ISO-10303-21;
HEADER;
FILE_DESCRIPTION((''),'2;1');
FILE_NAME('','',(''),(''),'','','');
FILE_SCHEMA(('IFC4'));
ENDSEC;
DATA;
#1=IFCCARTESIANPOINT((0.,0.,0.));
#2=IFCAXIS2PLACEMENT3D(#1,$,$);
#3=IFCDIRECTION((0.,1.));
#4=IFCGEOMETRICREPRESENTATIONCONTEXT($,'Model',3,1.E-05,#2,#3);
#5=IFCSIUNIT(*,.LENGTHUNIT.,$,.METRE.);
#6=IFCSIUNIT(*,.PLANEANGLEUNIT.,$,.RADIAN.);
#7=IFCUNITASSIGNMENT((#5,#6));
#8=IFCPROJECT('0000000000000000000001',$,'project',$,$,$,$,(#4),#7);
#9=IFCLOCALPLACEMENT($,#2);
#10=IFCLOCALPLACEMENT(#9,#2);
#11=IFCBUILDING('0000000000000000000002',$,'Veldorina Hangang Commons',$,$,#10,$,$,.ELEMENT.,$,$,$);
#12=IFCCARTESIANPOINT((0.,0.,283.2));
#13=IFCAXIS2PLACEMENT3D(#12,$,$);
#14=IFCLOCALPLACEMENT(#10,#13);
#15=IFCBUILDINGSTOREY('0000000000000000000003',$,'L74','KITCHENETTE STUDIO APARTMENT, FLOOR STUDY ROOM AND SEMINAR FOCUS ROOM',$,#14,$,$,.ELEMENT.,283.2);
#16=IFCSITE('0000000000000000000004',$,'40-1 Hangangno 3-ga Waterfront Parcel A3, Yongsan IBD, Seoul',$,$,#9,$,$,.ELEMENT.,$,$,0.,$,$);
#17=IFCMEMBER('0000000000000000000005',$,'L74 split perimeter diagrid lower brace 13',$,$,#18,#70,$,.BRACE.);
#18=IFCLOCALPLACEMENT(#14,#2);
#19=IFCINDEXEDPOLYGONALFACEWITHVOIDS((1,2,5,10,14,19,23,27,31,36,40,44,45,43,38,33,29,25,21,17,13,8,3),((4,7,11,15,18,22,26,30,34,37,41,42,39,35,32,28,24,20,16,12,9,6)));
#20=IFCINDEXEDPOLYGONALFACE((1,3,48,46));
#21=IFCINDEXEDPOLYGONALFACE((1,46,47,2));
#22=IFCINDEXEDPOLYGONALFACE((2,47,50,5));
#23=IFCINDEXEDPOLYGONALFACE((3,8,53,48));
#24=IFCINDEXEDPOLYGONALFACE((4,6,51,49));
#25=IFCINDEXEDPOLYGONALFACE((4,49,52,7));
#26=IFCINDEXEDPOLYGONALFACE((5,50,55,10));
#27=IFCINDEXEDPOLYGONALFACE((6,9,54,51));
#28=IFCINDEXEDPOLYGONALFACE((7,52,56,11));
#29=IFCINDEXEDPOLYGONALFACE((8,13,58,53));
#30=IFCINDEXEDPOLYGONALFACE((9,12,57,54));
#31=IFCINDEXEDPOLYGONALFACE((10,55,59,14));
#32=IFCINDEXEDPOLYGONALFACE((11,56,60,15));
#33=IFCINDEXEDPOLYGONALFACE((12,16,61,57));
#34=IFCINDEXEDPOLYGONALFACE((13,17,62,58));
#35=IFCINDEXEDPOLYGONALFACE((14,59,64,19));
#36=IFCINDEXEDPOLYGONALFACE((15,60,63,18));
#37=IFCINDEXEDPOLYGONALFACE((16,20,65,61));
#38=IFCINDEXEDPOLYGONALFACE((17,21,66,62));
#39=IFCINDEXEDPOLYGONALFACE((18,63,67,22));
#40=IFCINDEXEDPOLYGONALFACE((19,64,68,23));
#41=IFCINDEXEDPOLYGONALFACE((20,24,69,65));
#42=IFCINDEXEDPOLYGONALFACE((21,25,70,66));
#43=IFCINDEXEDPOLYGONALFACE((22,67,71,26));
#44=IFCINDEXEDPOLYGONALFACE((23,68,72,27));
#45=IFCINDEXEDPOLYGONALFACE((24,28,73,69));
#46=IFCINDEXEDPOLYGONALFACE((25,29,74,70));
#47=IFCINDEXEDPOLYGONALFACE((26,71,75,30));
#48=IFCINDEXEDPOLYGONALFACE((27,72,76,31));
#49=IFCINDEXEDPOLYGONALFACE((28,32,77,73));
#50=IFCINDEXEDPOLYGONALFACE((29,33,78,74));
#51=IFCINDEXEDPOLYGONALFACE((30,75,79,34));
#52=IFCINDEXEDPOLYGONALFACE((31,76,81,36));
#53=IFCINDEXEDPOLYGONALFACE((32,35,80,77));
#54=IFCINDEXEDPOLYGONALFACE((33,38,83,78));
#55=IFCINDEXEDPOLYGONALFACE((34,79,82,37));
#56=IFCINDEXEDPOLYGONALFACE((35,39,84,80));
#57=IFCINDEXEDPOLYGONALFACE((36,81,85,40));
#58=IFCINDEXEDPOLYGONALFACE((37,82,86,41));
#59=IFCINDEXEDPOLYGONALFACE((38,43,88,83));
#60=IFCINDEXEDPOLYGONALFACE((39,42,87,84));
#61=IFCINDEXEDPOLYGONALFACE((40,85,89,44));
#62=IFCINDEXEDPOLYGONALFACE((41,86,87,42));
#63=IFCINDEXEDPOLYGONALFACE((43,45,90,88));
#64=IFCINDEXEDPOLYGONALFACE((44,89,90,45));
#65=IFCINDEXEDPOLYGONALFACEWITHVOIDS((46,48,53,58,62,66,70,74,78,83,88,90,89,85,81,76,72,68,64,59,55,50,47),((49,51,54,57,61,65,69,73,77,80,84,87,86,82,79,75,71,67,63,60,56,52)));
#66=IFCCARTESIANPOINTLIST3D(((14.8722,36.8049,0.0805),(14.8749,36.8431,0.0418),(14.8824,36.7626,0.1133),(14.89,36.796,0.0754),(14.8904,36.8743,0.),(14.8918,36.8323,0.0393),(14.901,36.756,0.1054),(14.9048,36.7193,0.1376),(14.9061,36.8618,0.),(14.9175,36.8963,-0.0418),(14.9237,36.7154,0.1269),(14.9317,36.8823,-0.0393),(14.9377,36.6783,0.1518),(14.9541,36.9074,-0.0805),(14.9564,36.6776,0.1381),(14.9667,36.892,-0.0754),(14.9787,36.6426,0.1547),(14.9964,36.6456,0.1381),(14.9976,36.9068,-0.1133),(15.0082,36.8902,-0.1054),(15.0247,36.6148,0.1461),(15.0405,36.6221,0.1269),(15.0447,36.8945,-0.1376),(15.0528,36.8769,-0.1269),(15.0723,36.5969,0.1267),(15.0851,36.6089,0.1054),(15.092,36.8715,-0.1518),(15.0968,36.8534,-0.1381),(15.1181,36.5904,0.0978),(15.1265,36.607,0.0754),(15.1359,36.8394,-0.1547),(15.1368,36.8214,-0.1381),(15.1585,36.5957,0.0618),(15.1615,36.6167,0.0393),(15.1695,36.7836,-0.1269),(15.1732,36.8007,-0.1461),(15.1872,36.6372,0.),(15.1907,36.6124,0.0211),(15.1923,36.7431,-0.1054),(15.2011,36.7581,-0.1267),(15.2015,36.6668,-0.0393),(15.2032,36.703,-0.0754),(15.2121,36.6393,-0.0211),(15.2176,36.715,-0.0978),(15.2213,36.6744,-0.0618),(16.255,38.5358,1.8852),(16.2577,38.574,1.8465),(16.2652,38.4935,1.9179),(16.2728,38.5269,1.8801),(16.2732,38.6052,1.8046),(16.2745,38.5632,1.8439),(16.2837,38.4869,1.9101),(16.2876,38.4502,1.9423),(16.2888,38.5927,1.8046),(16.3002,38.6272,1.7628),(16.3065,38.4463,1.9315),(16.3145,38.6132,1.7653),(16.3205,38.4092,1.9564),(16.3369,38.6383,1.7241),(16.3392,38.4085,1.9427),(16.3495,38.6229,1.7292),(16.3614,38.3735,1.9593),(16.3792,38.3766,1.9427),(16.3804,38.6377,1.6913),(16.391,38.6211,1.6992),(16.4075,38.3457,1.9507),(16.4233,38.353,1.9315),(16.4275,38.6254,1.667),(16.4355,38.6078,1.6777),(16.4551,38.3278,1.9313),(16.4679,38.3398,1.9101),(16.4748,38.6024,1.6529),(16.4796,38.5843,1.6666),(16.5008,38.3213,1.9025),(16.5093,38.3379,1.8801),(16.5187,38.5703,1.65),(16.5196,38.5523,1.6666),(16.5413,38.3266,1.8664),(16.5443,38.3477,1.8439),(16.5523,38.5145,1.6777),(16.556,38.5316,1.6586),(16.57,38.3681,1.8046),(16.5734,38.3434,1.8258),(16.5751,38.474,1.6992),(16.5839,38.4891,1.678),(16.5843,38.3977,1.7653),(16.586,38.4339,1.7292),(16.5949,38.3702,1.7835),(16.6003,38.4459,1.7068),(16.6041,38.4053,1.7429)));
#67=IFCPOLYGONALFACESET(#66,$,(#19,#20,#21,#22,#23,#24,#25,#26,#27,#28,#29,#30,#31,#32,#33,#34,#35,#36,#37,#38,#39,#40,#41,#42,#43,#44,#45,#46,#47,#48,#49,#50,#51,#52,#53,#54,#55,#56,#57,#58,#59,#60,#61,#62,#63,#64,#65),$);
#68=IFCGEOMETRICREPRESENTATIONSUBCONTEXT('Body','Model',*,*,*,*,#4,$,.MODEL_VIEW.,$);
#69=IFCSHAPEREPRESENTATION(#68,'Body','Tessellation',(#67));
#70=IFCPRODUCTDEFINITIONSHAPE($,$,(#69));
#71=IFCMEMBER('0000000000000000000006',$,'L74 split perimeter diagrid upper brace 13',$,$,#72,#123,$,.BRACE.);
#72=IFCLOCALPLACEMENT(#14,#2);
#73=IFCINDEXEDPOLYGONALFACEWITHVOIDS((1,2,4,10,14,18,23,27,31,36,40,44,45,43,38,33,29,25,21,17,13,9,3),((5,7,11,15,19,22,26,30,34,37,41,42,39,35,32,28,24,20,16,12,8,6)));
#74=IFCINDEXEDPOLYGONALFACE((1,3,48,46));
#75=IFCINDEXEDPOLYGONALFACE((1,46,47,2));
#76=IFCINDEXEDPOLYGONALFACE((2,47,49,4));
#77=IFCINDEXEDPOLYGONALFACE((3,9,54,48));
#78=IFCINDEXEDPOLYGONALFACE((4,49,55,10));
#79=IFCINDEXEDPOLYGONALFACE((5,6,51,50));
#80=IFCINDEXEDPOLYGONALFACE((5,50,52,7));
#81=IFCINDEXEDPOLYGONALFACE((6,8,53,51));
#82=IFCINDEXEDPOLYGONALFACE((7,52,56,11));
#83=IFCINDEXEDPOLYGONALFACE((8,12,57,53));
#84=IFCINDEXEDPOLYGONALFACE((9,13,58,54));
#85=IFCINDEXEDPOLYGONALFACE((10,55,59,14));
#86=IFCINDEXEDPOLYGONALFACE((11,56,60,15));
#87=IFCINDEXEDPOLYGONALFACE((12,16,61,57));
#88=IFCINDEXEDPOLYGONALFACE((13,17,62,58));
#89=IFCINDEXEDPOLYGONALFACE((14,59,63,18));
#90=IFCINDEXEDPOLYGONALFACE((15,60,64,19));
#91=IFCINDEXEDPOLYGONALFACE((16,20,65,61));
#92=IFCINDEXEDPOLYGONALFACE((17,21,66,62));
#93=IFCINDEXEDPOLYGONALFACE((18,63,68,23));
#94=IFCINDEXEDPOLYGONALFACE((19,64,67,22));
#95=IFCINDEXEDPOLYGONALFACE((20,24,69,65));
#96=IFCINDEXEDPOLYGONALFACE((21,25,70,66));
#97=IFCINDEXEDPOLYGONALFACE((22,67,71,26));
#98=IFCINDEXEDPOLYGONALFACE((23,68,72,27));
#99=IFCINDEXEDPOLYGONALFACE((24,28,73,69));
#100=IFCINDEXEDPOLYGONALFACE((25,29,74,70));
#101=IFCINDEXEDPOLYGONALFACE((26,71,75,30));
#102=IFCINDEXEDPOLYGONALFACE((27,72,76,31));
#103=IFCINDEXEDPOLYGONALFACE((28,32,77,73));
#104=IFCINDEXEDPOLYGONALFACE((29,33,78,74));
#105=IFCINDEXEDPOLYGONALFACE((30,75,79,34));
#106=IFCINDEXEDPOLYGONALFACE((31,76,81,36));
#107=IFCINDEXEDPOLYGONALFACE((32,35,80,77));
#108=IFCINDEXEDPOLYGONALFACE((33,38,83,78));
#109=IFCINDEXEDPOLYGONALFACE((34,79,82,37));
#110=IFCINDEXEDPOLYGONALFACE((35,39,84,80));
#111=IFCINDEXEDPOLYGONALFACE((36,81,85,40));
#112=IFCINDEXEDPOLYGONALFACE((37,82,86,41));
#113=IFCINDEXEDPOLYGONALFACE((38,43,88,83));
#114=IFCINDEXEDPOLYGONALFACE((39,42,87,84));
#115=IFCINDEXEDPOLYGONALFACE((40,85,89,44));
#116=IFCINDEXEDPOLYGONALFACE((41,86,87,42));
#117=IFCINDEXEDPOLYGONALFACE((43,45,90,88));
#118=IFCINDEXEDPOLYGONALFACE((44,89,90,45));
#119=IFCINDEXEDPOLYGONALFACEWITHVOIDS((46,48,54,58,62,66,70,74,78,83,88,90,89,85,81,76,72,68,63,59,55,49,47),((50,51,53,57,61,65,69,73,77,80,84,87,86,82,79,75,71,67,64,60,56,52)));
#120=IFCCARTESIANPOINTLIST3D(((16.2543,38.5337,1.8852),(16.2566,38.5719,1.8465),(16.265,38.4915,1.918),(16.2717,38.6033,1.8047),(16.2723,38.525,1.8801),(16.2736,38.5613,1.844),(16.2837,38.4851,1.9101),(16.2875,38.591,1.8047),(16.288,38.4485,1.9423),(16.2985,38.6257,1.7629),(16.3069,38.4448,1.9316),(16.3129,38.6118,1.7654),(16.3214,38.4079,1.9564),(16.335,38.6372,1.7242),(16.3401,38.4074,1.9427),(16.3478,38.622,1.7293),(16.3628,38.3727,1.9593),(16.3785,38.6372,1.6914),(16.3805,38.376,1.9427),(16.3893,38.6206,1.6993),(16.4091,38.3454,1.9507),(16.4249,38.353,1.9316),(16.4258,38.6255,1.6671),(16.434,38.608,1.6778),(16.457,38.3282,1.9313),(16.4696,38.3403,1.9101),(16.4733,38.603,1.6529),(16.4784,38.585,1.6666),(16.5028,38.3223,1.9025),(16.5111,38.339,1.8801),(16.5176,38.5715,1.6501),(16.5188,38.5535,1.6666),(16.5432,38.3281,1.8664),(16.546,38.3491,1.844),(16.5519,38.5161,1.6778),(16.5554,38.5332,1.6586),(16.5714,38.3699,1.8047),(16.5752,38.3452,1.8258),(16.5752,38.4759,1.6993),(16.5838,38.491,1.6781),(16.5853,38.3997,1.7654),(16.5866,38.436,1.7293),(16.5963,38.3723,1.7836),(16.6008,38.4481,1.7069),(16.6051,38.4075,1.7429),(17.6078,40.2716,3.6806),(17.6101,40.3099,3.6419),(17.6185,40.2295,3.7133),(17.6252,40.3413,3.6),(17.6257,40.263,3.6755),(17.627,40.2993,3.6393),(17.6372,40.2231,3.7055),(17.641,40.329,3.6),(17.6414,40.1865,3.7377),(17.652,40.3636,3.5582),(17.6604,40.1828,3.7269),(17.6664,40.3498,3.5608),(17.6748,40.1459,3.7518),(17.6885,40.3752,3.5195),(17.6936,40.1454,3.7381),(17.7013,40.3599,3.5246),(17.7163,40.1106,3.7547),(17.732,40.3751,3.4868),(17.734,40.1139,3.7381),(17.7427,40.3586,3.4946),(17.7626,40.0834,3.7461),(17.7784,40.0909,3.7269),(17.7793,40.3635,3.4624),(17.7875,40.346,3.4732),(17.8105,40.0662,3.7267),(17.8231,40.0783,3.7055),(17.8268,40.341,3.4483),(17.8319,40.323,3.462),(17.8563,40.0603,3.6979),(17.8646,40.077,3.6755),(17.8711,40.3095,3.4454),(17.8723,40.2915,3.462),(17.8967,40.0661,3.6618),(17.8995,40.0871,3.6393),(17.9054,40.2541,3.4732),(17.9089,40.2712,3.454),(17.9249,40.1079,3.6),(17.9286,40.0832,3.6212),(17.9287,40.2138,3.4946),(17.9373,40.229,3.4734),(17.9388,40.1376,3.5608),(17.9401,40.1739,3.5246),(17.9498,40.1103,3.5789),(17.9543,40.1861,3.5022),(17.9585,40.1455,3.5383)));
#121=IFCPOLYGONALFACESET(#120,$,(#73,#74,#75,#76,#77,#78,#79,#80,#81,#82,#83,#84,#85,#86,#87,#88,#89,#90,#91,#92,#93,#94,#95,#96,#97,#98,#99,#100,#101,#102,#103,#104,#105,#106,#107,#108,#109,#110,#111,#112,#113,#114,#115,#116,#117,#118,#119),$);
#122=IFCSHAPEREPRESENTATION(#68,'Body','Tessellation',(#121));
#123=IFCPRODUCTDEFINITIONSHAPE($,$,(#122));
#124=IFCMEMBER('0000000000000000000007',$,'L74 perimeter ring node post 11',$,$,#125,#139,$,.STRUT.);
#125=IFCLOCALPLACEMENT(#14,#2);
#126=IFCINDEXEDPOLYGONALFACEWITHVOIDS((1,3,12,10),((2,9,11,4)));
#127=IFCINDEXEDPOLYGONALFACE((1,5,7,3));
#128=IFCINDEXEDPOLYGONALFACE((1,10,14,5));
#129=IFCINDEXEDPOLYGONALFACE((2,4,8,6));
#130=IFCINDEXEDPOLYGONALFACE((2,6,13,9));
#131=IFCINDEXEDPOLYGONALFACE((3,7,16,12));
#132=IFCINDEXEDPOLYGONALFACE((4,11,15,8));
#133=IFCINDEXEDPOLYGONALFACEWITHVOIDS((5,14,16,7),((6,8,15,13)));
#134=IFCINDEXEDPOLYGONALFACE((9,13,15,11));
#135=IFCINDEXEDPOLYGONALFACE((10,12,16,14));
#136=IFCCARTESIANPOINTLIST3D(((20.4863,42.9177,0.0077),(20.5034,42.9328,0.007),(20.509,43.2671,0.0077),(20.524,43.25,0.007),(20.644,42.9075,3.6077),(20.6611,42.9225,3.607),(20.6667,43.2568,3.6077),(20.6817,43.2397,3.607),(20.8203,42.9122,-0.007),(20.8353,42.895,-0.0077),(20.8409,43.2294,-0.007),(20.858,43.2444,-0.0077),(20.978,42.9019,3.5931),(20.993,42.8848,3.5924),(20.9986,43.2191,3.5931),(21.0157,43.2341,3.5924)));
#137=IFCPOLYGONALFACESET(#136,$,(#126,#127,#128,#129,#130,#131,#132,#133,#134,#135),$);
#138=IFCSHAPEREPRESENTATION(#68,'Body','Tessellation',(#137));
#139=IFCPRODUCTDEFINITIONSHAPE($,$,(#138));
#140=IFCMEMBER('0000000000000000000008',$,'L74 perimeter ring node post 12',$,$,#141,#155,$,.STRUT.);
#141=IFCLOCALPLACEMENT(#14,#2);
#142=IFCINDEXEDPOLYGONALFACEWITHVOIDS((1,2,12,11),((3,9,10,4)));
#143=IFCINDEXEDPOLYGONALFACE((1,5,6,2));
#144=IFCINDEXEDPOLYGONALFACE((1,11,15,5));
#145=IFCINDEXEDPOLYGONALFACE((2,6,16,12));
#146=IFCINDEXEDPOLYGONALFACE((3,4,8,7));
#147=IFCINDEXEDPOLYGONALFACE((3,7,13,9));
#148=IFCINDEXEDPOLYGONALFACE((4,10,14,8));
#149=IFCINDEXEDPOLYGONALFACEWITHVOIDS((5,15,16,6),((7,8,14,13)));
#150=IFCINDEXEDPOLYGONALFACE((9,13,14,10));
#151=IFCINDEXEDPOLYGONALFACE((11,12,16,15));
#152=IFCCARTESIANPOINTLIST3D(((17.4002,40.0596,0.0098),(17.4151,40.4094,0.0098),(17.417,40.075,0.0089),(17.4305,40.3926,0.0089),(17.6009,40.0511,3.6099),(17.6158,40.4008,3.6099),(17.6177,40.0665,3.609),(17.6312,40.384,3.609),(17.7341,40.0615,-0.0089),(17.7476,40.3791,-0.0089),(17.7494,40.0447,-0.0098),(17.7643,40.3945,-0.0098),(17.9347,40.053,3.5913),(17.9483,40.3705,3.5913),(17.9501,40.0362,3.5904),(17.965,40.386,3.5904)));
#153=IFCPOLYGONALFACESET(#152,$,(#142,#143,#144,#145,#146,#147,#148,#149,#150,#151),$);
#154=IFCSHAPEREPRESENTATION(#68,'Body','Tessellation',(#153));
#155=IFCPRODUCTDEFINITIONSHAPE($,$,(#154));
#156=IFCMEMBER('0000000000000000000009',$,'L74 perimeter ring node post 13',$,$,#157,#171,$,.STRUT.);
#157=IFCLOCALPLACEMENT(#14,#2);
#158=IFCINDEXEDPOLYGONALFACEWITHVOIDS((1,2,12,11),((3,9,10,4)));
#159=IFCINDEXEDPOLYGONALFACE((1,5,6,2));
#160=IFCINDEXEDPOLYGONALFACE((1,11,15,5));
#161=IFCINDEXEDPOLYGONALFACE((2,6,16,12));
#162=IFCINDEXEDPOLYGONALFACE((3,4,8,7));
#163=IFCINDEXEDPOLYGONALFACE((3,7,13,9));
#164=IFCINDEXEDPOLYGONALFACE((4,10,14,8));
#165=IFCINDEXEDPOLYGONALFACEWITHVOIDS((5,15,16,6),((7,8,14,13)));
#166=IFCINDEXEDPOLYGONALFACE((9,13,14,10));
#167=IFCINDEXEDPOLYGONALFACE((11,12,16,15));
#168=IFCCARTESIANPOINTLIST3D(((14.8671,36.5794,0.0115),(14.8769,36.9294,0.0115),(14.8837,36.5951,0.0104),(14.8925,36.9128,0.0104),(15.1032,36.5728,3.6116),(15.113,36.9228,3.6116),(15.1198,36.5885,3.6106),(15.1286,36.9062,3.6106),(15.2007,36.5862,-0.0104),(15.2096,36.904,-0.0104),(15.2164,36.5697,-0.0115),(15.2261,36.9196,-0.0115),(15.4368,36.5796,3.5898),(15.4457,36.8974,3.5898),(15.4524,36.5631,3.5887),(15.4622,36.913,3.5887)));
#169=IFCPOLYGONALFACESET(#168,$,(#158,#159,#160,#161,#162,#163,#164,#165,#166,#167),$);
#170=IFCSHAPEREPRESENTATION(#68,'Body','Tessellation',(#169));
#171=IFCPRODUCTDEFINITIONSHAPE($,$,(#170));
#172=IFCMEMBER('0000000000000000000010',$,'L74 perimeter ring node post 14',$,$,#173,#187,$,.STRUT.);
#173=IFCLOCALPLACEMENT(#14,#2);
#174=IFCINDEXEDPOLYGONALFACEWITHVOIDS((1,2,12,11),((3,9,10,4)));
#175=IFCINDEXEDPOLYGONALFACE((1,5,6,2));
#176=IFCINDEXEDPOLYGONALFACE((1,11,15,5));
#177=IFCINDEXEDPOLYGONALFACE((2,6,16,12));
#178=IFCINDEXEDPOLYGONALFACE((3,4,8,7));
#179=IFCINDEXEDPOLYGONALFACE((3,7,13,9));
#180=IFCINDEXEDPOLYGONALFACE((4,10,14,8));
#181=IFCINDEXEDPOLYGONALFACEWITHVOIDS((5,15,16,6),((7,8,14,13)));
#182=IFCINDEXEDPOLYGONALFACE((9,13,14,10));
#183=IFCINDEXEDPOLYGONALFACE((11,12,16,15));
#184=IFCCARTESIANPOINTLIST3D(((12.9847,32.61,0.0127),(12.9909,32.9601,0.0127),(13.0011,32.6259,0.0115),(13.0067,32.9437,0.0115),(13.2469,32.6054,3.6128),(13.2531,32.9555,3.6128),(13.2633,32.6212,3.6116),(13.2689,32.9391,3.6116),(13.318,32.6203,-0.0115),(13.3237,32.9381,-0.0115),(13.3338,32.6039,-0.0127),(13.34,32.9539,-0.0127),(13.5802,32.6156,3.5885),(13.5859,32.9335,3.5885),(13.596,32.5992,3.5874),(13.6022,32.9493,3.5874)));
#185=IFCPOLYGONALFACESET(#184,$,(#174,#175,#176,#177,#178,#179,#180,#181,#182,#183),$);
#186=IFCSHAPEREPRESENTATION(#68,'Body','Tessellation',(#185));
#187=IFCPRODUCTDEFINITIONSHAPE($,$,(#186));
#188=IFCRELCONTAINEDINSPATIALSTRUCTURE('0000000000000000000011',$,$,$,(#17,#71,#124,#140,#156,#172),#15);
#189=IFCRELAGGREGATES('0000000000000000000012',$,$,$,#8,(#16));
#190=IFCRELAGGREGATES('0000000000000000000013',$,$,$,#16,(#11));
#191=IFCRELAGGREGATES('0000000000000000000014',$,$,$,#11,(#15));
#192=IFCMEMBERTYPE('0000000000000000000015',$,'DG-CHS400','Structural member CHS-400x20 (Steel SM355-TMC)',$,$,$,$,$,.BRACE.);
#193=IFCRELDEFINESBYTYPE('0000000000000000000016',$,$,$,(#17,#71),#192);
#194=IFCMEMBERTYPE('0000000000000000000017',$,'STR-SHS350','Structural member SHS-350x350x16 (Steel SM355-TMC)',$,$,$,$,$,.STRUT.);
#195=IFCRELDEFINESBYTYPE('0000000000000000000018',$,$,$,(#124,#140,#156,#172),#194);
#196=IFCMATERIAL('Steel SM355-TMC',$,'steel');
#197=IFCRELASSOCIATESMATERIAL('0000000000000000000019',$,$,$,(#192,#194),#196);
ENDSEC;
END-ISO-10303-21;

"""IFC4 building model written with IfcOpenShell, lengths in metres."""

from ifc_helpers import new_model, si_unit, direction, frame, origin, origin_2d, place, context, subcontext, project, spatial, hollow_rectangle, hollow_circle, extrude, material, material_profile, profile_set, type_object, element, save


model = new_model("IFC4")

# Units and contexts
model_context = context("Model", 3, precision=1e-05, world=origin(), true_north=direction((0.0, 1.0)))
body_context = subcontext(model_context, "Body", "Model", "MODEL_VIEW")
ifc_project = project(units=[si_unit("LENGTHUNIT", "METRE"), si_unit("PLANEANGLEUNIT", "RADIAN")], contexts=[model_context])

# Site, building, storey
site_placement = place(None, origin())
site = spatial("IfcSite", under=ifc_project, at=site_placement, Name="40-1 Hangangno 3-ga Waterfront Parcel A3, Yongsan IBD, Seoul", CompositionType="ELEMENT", RefElevation=0.0)
building_placement = place(site_placement, origin())
building = spatial("IfcBuilding", under=site, at=building_placement, Name="Veldorina Hangang Commons", CompositionType="ELEMENT")
storey_placement = place(building_placement, frame((0.0, 0.0, 283.2)))
storey = spatial("IfcBuildingStorey", under=building, at=storey_placement, Name="L74", Description="KITCHENETTE STUDIO APARTMENT, FLOOR STUDY ROOM AND SEMINAR FOCUS ROOM", CompositionType="ELEMENT", Elevation=283.2)

# Shared definitions
ifc_material_1 = material(Name="Steel SM355-TMC", Category="steel")

# Members
ifc_material_profile_1 = material_profile(ifc_material_1, hollow_circle(Radius=0.2, WallThickness=0.02, at=origin_2d()), Name="CHS-400x20")
ifc_profile_set_1 = profile_set([ifc_material_profile_1], Name="Steel SM355-TMC")
member_type_1 = type_object("IfcMemberType", Name="DG-CHS400", Description="Structural member CHS-400x20 (Steel SM355-TMC)", PredefinedType="BRACE", material=ifc_profile_set_1)
member_1_placement = place(storey_placement, frame((15.0466, 36.7495, 0.0), z_axis=(0.483925, 0.60576, 0.631563), x_axis=(-0.781299, 0.624157, 0.0)))
element("IfcMember", 1, at=member_1_placement, inside=storey, type_object=member_type_1, Name="L74 split perimeter diagrid lower brace 13", PredefinedType="BRACE", context=body_context, shape_type="SweptSolid", body=[
    extrude(hollow_circle(Radius=0.2, WallThickness=0.02, at=origin_2d()), origin(), (0.0, 0.0, 1.0), 2.8574),
])
member_2_placement = place(storey_placement, frame((16.4294, 38.4805, 1.8047), z_axis=(0.476275, 0.61158, 0.631769), x_axis=(-0.788976, 0.614424, 0.0)))
element("IfcMember", 2, at=member_2_placement, inside=storey, type_object=member_type_1, Name="L74 split perimeter diagrid upper brace 13", PredefinedType="BRACE", context=body_context, shape_type="SweptSolid", body=[
    extrude(hollow_circle(Radius=0.2, WallThickness=0.02, at=origin_2d()), origin(), (0.0, 0.0, 1.0), 2.8418),
])
ifc_material_profile_2 = material_profile(ifc_material_1, hollow_rectangle(XDim=0.3501, YDim=0.3501, WallThickness=0.0161, at=origin_2d()), Name="SHS-350x350x16")
ifc_profile_set_2 = profile_set([ifc_material_profile_2], Name="Steel SM355-TMC")
member_type_2 = type_object("IfcMemberType", Name="STR-SHS350", Description="Structural member SHS-350x350x16 (Steel SM355-TMC)", PredefinedType="STRUT", material=ifc_profile_set_2)
member_3_placement = place(storey_placement, frame((20.6721, 43.0811, 0.0), z_axis=(0.043766, -0.002845, 0.999038), x_axis=(0.064879, 0.997893, 0.0)))
element("IfcMember", 3, at=member_3_placement, inside=storey, type_object=member_type_2, Name="L74 perimeter ring node post 11", PredefinedType="STRUT", context=body_context, shape_type="SweptSolid", body=[
    extrude(hollow_rectangle(XDim=0.3501, YDim=0.3501, WallThickness=0.0161, at=origin_2d()), origin(), (0.0, 0.0, 1.0), 3.6035),
])
member_4_placement = place(storey_placement, frame((17.5823, 40.2271, 0.0), z_axis=(0.055657, -0.00237, 0.998447), x_axis=(0.042541, 0.999095, 0.0)))
element("IfcMember", 4, at=member_4_placement, inside=storey, type_object=member_type_2, Name="L74 perimeter ring node post 12", PredefinedType="STRUT", context=body_context, shape_type="SweptSolid", body=[
    extrude(hollow_rectangle(XDim=0.3501, YDim=0.3501, WallThickness=0.0161, at=origin_2d()), origin(), (0.0, 0.0, 1.0), 3.6057),
])
member_5_placement = place(storey_placement, frame((15.0466, 36.7495, 0.0), z_axis=(0.065436, -0.001827, 0.997855), x_axis=(0.027911, 0.99961, 0.0)))
element("IfcMember", 5, at=member_5_placement, inside=storey, type_object=member_type_2, Name="L74 perimeter ring node post 13", PredefinedType="STRUT", context=body_context, shape_type="SweptSolid", body=[
    extrude(hollow_rectangle(XDim=0.3501, YDim=0.3501, WallThickness=0.0161, at=origin_2d()), origin(), (0.0, 0.0, 1.0), 3.6079),
])
member_6_placement = place(storey_placement, frame((13.1624, 32.782, 0.0), z_axis=(0.072641, -0.001285, 0.997357), x_axis=(0.017688, 0.999844, 0.0)))
element("IfcMember", 6, at=member_6_placement, inside=storey, type_object=member_type_2, Name="L74 perimeter ring node post 14", PredefinedType="STRUT", context=body_context, shape_type="SweptSolid", body=[
    extrude(hollow_rectangle(XDim=0.3501, YDim=0.3501, WallThickness=0.0161, at=origin_2d()), origin(), (0.0, 0.0, 1.0), 3.6096),
])

save(model, "model.ifc")
